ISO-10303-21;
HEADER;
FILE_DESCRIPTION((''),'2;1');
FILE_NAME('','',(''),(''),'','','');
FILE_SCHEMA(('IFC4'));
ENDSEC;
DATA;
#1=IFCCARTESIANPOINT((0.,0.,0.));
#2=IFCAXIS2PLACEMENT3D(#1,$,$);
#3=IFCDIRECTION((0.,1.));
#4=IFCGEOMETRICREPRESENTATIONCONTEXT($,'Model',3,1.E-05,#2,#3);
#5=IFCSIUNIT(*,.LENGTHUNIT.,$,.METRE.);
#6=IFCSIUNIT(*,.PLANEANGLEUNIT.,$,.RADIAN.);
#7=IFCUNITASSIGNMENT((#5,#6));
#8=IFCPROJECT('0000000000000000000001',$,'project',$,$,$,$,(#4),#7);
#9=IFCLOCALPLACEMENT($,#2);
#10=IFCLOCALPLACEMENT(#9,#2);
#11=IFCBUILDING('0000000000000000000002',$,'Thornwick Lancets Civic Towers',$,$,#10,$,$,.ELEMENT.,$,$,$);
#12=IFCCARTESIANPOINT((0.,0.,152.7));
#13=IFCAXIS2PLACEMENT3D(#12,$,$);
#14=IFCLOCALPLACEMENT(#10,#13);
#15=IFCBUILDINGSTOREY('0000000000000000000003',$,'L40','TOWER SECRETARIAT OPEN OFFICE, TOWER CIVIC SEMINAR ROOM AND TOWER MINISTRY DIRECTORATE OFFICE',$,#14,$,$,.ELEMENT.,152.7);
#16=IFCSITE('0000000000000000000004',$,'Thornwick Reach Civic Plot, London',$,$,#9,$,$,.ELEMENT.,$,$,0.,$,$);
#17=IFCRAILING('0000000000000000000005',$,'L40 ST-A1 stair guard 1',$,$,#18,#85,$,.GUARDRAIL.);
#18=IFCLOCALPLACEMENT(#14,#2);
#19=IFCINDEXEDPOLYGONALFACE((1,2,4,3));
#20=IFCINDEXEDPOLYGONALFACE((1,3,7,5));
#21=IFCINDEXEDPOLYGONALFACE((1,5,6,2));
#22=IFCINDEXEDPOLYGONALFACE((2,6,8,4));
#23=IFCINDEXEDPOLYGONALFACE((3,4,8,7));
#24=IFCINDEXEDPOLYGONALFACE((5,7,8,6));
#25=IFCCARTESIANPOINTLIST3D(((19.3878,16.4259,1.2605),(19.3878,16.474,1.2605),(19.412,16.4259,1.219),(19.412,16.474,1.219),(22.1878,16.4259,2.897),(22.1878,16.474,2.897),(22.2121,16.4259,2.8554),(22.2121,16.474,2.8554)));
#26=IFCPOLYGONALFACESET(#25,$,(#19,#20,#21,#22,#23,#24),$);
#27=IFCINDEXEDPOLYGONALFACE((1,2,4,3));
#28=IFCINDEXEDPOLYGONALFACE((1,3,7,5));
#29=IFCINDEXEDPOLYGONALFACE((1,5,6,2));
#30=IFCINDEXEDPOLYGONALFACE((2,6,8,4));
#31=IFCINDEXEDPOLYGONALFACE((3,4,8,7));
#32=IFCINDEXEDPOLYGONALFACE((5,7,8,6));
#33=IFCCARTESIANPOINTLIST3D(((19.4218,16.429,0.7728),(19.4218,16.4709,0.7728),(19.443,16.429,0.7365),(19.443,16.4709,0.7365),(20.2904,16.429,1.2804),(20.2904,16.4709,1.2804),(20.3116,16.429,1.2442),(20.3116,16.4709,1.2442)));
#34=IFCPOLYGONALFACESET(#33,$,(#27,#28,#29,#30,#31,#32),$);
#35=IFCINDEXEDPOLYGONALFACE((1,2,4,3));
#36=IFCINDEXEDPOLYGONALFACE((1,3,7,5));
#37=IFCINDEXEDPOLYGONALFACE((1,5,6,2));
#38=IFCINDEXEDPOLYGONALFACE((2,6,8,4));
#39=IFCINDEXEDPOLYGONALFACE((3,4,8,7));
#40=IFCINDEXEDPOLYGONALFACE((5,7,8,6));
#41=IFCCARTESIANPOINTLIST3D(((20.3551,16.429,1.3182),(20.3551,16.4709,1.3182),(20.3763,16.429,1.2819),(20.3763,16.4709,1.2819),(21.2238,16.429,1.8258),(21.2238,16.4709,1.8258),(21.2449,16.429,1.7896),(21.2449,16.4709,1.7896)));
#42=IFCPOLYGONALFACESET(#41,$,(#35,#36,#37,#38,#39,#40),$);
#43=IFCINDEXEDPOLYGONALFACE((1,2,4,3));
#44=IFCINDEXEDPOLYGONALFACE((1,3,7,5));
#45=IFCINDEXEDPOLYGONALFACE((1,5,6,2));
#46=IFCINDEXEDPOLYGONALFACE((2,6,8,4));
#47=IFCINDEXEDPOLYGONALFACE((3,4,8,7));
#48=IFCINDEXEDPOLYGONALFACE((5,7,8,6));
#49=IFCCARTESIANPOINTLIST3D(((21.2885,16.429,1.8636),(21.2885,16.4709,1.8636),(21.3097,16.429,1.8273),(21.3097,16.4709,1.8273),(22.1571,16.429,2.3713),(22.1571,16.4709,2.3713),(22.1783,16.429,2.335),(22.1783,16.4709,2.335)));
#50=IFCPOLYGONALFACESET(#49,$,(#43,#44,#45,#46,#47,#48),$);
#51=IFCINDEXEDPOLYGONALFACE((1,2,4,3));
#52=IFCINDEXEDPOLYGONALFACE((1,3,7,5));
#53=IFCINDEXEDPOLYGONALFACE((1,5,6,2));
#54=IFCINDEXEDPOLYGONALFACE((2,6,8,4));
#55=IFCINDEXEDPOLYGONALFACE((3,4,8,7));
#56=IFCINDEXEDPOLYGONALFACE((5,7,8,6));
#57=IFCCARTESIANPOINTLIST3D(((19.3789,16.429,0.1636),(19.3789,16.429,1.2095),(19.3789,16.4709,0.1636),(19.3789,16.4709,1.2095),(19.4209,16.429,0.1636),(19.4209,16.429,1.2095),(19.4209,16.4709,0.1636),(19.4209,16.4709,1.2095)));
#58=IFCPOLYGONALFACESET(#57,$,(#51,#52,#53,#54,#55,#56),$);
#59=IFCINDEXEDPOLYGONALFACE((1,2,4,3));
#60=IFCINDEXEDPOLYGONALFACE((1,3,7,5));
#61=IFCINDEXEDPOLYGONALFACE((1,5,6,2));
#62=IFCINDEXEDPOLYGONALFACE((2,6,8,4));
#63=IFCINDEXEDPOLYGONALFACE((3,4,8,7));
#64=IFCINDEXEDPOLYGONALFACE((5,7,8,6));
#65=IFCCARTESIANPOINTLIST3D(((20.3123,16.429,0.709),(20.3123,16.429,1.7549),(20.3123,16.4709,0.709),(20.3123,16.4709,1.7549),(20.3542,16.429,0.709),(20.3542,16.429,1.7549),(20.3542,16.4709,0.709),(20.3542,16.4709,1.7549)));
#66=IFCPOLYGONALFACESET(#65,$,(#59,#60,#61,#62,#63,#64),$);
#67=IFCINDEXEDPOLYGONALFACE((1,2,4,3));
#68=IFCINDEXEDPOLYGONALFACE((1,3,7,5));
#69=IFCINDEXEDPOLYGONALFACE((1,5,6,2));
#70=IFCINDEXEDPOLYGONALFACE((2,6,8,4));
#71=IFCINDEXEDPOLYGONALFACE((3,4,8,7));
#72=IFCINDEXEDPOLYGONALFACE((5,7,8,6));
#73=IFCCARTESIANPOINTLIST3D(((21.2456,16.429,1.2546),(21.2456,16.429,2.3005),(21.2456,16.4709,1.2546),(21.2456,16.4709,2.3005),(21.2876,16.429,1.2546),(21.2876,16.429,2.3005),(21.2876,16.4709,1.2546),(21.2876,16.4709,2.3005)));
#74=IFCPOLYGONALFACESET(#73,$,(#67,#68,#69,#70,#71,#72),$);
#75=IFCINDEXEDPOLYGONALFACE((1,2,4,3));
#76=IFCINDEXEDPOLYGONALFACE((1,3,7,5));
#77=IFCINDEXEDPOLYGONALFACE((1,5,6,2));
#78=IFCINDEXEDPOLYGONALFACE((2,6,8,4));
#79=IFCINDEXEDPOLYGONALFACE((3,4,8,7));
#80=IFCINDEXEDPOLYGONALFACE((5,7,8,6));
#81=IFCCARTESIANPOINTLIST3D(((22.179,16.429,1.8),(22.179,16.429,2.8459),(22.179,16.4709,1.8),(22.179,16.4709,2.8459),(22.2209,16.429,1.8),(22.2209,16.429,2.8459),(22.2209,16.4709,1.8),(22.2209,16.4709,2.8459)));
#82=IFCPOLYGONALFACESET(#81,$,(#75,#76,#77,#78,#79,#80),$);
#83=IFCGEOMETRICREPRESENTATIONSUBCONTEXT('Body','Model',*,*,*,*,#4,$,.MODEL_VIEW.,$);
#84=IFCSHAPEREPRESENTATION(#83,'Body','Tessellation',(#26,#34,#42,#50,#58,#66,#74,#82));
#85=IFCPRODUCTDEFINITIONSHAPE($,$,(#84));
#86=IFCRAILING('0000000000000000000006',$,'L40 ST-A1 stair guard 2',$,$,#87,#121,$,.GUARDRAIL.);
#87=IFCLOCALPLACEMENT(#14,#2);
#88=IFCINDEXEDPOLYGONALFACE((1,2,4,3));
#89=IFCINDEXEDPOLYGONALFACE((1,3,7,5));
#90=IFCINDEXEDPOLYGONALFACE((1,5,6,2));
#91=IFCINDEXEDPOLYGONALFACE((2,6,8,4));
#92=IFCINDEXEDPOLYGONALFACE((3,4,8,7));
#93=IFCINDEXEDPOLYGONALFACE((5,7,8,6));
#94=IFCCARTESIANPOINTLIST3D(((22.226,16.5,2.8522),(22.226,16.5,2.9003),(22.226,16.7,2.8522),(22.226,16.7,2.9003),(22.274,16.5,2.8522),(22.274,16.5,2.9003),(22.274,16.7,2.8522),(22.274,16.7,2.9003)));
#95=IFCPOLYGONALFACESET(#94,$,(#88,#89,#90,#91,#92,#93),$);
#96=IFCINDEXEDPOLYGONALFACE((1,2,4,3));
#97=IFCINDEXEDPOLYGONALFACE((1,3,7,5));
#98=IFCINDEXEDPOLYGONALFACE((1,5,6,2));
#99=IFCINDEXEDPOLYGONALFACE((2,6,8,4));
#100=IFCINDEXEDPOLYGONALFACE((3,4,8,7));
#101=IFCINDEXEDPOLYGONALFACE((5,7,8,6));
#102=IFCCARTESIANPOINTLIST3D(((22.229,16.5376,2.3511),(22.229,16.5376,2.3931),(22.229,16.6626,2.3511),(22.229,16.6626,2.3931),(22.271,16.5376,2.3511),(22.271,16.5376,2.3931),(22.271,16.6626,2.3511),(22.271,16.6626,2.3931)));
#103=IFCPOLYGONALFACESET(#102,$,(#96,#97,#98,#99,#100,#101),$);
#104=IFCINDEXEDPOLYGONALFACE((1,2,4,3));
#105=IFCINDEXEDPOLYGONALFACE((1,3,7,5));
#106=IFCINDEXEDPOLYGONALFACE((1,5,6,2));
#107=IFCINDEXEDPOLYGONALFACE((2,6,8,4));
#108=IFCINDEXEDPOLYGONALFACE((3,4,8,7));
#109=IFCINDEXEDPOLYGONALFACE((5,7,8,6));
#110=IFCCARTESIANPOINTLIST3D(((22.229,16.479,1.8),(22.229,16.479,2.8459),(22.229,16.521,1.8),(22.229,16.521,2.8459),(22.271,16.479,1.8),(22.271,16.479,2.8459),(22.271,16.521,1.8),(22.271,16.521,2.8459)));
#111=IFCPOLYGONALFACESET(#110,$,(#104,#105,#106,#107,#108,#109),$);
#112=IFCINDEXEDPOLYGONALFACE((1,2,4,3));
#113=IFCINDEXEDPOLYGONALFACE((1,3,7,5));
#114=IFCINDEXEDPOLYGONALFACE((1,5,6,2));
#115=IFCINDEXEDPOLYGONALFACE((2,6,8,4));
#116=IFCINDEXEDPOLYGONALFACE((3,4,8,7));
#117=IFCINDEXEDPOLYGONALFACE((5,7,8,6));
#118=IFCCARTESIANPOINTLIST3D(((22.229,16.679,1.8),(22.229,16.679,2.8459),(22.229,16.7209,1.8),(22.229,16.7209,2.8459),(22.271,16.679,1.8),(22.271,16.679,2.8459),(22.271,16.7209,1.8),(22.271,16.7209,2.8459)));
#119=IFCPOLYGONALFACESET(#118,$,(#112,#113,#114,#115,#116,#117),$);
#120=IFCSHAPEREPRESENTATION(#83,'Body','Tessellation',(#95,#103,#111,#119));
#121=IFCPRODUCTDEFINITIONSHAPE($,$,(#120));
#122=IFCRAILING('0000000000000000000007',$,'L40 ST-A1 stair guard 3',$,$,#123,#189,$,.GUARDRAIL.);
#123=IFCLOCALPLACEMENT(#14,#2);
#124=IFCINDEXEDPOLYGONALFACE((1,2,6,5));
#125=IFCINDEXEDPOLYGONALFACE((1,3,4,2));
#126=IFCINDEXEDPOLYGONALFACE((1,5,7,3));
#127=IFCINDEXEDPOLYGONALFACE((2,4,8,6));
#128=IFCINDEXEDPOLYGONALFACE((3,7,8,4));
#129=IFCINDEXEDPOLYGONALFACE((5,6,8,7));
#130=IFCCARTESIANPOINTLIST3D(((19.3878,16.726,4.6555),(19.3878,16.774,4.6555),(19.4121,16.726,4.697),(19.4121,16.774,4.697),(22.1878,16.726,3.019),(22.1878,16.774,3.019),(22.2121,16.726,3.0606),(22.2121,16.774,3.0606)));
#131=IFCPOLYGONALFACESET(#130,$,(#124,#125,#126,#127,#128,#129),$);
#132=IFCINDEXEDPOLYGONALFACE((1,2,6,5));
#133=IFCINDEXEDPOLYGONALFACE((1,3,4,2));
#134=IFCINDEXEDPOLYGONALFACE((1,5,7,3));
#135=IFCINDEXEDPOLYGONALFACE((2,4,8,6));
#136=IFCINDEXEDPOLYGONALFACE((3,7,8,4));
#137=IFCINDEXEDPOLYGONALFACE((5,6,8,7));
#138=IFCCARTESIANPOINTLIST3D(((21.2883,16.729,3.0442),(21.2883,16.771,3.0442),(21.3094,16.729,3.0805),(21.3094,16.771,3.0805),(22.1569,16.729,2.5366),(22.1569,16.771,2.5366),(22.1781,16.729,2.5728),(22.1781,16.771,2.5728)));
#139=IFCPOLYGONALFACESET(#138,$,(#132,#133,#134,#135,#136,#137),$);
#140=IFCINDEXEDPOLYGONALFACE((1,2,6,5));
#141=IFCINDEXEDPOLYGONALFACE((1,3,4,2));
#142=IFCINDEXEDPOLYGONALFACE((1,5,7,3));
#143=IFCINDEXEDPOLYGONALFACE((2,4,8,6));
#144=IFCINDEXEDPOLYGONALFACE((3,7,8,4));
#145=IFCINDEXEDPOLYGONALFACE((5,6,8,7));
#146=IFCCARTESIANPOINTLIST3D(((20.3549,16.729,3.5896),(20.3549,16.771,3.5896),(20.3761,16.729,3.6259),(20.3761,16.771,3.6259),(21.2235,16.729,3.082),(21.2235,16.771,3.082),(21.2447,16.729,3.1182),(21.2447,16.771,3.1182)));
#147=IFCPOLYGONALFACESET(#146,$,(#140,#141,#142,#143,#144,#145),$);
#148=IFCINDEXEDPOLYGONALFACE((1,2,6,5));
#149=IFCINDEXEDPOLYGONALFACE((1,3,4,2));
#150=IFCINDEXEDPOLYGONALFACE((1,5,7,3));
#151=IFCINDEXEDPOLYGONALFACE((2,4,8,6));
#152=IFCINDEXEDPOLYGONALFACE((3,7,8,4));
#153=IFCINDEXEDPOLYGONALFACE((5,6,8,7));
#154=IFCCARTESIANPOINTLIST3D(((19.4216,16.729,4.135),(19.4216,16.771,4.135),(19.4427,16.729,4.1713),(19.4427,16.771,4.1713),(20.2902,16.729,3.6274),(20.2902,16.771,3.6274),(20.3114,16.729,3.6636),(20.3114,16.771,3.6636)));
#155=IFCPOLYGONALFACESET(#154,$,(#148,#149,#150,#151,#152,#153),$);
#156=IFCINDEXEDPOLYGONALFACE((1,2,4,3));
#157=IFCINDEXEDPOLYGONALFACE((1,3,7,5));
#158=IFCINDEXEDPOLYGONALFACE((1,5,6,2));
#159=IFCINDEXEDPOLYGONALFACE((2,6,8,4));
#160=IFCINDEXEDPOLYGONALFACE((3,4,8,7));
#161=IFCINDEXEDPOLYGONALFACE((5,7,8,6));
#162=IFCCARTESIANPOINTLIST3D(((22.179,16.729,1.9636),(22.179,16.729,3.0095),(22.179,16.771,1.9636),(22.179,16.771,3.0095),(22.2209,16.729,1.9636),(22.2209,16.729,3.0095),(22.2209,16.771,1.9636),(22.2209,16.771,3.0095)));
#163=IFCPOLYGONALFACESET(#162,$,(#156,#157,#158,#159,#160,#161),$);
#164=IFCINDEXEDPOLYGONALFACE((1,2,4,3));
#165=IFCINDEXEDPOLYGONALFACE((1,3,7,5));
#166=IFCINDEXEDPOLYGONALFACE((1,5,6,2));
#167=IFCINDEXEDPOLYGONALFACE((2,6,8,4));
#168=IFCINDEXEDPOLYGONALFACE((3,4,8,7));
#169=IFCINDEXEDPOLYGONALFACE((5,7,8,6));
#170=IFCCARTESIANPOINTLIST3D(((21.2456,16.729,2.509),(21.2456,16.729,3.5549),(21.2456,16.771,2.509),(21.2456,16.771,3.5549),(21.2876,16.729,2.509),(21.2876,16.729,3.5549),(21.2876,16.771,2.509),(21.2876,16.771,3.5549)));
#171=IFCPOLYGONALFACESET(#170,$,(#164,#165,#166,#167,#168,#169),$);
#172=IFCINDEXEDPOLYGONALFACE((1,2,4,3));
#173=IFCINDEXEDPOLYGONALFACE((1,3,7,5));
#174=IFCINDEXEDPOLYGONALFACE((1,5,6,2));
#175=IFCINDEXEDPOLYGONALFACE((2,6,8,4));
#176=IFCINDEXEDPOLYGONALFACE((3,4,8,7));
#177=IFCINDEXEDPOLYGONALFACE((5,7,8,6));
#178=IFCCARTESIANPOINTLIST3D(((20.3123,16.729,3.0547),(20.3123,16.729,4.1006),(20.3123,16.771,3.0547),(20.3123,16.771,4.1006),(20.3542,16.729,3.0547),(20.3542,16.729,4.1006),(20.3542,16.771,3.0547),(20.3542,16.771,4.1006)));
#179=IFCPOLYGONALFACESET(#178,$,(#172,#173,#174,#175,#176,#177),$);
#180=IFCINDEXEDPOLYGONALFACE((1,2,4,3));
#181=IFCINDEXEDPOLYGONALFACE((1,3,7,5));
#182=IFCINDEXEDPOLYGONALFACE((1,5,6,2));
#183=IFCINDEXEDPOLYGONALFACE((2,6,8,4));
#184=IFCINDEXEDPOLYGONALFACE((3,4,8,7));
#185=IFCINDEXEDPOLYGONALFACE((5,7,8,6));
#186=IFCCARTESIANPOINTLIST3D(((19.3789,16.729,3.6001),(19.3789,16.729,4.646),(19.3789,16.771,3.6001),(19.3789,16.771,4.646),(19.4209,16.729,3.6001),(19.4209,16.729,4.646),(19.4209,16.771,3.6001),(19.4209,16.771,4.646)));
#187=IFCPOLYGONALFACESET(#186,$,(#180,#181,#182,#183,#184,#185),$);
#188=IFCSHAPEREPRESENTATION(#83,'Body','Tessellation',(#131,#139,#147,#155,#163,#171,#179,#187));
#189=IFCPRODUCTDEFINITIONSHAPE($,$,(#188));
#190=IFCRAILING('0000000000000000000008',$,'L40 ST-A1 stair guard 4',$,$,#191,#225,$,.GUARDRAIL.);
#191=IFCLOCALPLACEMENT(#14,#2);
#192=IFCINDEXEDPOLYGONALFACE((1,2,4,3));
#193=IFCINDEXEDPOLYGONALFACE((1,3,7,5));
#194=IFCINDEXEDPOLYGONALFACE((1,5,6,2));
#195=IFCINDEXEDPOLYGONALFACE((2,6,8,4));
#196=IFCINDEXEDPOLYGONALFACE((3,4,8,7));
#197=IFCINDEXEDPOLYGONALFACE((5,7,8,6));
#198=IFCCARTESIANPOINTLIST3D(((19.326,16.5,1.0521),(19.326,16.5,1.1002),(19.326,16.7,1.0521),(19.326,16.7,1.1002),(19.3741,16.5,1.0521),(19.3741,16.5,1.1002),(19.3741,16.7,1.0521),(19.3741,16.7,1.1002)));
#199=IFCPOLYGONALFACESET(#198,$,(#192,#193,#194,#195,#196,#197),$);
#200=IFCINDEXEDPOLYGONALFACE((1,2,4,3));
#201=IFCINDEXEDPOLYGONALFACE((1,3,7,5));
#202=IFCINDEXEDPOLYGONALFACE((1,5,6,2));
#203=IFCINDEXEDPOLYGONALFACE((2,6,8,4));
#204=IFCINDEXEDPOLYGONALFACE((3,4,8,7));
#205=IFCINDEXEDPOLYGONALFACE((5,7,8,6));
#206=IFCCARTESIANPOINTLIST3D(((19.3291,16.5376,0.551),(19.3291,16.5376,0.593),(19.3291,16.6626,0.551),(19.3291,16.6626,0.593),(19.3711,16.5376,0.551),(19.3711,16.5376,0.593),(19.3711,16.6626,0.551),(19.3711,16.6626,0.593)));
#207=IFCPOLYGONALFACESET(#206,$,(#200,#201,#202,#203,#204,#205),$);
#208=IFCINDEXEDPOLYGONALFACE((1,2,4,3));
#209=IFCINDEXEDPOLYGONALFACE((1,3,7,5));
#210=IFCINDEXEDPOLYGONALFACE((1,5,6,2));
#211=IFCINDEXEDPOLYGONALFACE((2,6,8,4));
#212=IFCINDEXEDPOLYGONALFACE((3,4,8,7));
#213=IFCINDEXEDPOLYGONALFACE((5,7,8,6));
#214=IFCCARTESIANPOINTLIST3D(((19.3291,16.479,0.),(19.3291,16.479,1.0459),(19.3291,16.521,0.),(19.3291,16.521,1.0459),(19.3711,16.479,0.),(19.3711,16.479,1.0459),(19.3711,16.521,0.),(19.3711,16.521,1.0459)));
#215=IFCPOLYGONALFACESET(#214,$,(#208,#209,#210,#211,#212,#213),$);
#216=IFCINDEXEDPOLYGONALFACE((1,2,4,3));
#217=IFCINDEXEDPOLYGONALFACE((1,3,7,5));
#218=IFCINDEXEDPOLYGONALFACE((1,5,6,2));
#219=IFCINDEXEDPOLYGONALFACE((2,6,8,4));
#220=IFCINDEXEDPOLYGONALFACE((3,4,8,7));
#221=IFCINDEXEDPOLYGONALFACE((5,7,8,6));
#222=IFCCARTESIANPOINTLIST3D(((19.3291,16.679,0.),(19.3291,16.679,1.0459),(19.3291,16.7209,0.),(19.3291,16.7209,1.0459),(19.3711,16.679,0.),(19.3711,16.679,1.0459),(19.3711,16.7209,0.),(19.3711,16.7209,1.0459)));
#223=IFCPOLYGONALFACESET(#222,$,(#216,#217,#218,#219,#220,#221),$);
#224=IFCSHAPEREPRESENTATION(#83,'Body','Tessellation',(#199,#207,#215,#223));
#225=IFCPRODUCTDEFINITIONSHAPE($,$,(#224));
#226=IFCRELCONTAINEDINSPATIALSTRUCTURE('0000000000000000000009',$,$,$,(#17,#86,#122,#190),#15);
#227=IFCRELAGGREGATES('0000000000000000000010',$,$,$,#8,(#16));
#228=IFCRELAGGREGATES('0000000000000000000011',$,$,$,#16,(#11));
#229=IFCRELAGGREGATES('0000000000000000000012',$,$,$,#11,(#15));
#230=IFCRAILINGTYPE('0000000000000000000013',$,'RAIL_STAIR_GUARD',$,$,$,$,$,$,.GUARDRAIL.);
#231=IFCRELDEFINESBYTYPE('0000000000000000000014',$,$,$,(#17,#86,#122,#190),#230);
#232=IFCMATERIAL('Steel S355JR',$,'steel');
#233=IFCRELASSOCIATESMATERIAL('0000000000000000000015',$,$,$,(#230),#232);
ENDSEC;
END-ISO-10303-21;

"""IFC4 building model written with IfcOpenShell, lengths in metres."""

from ifc_helpers import new_model, si_unit, direction, frame, origin, origin_2d, place, context, subcontext, project, spatial, rectangle, extrude, material, type_object, element, save


model = new_model("IFC4")

# Units and contexts
model_context = context("Model", 3, precision=1e-05, world=origin(), true_north=direction((0.0, 1.0)))
body_context = subcontext(model_context, "Body", "Model", "MODEL_VIEW")
ifc_project = project(units=[si_unit("LENGTHUNIT", "METRE"), si_unit("PLANEANGLEUNIT", "RADIAN")], contexts=[model_context])

# Site, building, storey
site_placement = place(None, origin())
site = spatial("IfcSite", under=ifc_project, at=site_placement, Name="Thornwick Reach Civic Plot, London", CompositionType="ELEMENT", RefElevation=0.0)
building_placement = place(site_placement, origin())
building = spatial("IfcBuilding", under=site, at=building_placement, Name="Thornwick Lancets Civic Towers", CompositionType="ELEMENT")
storey_placement = place(building_placement, frame((0.0, 0.0, 152.7)))
storey = spatial("IfcBuildingStorey", under=building, at=storey_placement, Name="L40", Description="TOWER SECRETARIAT OPEN OFFICE, TOWER CIVIC SEMINAR ROOM AND TOWER MINISTRY DIRECTORATE OFFICE", CompositionType="ELEMENT", Elevation=152.7)

# Shared definitions
ifc_material_1 = material(Name="Steel S355JR", Category="steel")

# Railings
railing_type_1 = type_object("IfcRailingType", Name="RAIL_STAIR_GUARD", PredefinedType="GUARDRAIL", material=ifc_material_1)
railing_1_placement = place(storey_placement, frame((19.3999, 16.45, 0.1636)))
element("IfcRailing", 1, at=railing_1_placement, inside=storey, type_object=railing_type_1, Name="L40 ST-A1 stair guard 1", PredefinedType="GUARDRAIL", context=body_context, shape_type="SweptSolid", body=[
    extrude(rectangle(XDim=0.0481, YDim=0.0481, at=origin_2d()), frame((0.0, 0.0, 1.0762), z_axis=(0.863361, 0.0, 0.504587), x_axis=(0.0, 1.0, 0.0)), (0.0, 0.0, 1.0), 3.2432),
    extrude(rectangle(XDim=0.042, YDim=0.042, at=origin_2d()), frame((0.0325, 0.0, 0.5911), z_axis=(0.863361, 0.0, 0.504587), x_axis=(0.0, 1.0, 0.0)), (0.0, 0.0, 1.0), 1.0061),
    extrude(rectangle(XDim=0.042, YDim=0.042, at=origin_2d()), frame((0.9658, 0.0, 1.1365), z_axis=(0.863361, 0.0, 0.504587), x_axis=(0.0, 1.0, 0.0)), (0.0, 0.0, 1.0), 1.0061),
    extrude(rectangle(XDim=0.042, YDim=0.042, at=origin_2d()), frame((1.8992, 0.0, 1.6819), z_axis=(0.863361, 0.0, 0.504587), x_axis=(0.0, 1.0, 0.0)), (0.0, 0.0, 1.0), 1.0061),
    extrude(rectangle(XDim=0.042, YDim=0.042, at=origin_2d()), origin(), (0.0, 0.0, 1.0), 1.0459),
    extrude(rectangle(XDim=0.042, YDim=0.042, at=origin_2d()), frame((0.9333, 0.0, 0.5454)), (0.0, 0.0, 1.0), 1.0459),
    extrude(rectangle(XDim=0.042, YDim=0.042, at=origin_2d()), frame((1.8667, 0.0, 1.0911)), (0.0, 0.0, 1.0), 1.0459),
    extrude(rectangle(XDim=0.042, YDim=0.042, at=origin_2d()), frame((2.8, 0.0, 1.6365)), (0.0, 0.0, 1.0), 1.0459),
])
railing_2_placement = place(storey_placement, frame((22.25, 16.5, 1.8)))
element("IfcRailing", 2, at=railing_2_placement, inside=storey, type_object=railing_type_1, Name="L40 ST-A1 stair guard 2", PredefinedType="GUARDRAIL", context=body_context, shape_type="SweptSolid", body=[
    extrude(rectangle(XDim=0.0481, YDim=0.0481, at=origin_2d()), frame((0.0, 0.0, 1.0762), z_axis=(0.0, 1.0, 0.0), x_axis=(-1.0, 0.0, 0.0)), (0.0, 0.0, 1.0), 0.2),
    extrude(rectangle(XDim=0.042, YDim=0.042, at=origin_2d()), frame((0.0, 0.0376, 0.572), z_axis=(0.0, 1.0, 0.0), x_axis=(-1.0, 0.0, 0.0)), (0.0, 0.0, 1.0), 0.125),
    extrude(rectangle(XDim=0.042, YDim=0.042, at=origin_2d()), origin(), (0.0, 0.0, 1.0), 1.0459),
    extrude(rectangle(XDim=0.042, YDim=0.042, at=origin_2d()), frame((0.0, 0.2, 0.0)), (0.0, 0.0, 1.0), 1.0459),
])
railing_3_placement = place(storey_placement, frame((22.2, 16.75, 1.9636)))
element("IfcRailing", 3, at=railing_3_placement, inside=storey, type_object=railing_type_1, Name="L40 ST-A1 stair guard 3", PredefinedType="GUARDRAIL", context=body_context, shape_type="SweptSolid", body=[
    extrude(rectangle(XDim=0.0481, YDim=0.0481, at=origin_2d()), frame((0.0, 0.0, 1.0762), z_axis=(-0.863361, 0.0, 0.504587), x_axis=(0.0, -1.0, 0.0)), (0.0, 0.0, 1.0), 3.2432),
    extrude(rectangle(XDim=0.042, YDim=0.042, at=origin_2d()), frame((-0.0325, 0.0, 0.5911), z_axis=(-0.863361, 0.0, 0.504587), x_axis=(0.0, -1.0, 0.0)), (0.0, 0.0, 1.0), 1.0061),
    extrude(rectangle(XDim=0.042, YDim=0.042, at=origin_2d()), frame((-0.9658, 0.0, 1.1365), z_axis=(-0.863361, 0.0, 0.504587), x_axis=(0.0, -1.0, 0.0)), (0.0, 0.0, 1.0), 1.0061),
    extrude(rectangle(XDim=0.042, YDim=0.042, at=origin_2d()), frame((-1.8992, 0.0, 1.6819), z_axis=(-0.863361, 0.0, 0.504587), x_axis=(0.0, -1.0, 0.0)), (0.0, 0.0, 1.0), 1.0061),
    extrude(rectangle(XDim=0.042, YDim=0.042, at=origin_2d()), origin(), (0.0, 0.0, 1.0), 1.0459),
    extrude(rectangle(XDim=0.042, YDim=0.042, at=origin_2d()), frame((-0.9333, 0.0, 0.5454)), (0.0, 0.0, 1.0), 1.0459),
    extrude(rectangle(XDim=0.042, YDim=0.042, at=origin_2d()), frame((-1.8667, 0.0, 1.0911)), (0.0, 0.0, 1.0), 1.0459),
    extrude(rectangle(XDim=0.042, YDim=0.042, at=origin_2d()), frame((-2.8, 0.0, 1.6365)), (0.0, 0.0, 1.0), 1.0459),
])
railing_4_placement = place(storey_placement, frame((19.3501, 16.5, 0.0)))
element("IfcRailing", 4, at=railing_4_placement, inside=storey, type_object=railing_type_1, Name="L40 ST-A1 stair guard 4", PredefinedType="GUARDRAIL", context=body_context, shape_type="SweptSolid", body=[
    extrude(rectangle(XDim=0.0481, YDim=0.0481, at=origin_2d()), frame((0.0, 0.0, 1.0762), z_axis=(0.0, 1.0, 0.0), x_axis=(-1.0, 0.0, 0.0)), (0.0, 0.0, 1.0), 0.2),
    extrude(rectangle(XDim=0.042, YDim=0.042, at=origin_2d()), frame((0.0, 0.0376, 0.572), z_axis=(0.0, 1.0, 0.0), x_axis=(-1.0, 0.0, 0.0)), (0.0, 0.0, 1.0), 0.125),
    extrude(rectangle(XDim=0.042, YDim=0.042, at=origin_2d()), origin(), (0.0, 0.0, 1.0), 1.0459),
    extrude(rectangle(XDim=0.042, YDim=0.042, at=origin_2d()), frame((0.0, 0.2, 0.0)), (0.0, 0.0, 1.0), 1.0459),
])

save(model, "model.ifc")
